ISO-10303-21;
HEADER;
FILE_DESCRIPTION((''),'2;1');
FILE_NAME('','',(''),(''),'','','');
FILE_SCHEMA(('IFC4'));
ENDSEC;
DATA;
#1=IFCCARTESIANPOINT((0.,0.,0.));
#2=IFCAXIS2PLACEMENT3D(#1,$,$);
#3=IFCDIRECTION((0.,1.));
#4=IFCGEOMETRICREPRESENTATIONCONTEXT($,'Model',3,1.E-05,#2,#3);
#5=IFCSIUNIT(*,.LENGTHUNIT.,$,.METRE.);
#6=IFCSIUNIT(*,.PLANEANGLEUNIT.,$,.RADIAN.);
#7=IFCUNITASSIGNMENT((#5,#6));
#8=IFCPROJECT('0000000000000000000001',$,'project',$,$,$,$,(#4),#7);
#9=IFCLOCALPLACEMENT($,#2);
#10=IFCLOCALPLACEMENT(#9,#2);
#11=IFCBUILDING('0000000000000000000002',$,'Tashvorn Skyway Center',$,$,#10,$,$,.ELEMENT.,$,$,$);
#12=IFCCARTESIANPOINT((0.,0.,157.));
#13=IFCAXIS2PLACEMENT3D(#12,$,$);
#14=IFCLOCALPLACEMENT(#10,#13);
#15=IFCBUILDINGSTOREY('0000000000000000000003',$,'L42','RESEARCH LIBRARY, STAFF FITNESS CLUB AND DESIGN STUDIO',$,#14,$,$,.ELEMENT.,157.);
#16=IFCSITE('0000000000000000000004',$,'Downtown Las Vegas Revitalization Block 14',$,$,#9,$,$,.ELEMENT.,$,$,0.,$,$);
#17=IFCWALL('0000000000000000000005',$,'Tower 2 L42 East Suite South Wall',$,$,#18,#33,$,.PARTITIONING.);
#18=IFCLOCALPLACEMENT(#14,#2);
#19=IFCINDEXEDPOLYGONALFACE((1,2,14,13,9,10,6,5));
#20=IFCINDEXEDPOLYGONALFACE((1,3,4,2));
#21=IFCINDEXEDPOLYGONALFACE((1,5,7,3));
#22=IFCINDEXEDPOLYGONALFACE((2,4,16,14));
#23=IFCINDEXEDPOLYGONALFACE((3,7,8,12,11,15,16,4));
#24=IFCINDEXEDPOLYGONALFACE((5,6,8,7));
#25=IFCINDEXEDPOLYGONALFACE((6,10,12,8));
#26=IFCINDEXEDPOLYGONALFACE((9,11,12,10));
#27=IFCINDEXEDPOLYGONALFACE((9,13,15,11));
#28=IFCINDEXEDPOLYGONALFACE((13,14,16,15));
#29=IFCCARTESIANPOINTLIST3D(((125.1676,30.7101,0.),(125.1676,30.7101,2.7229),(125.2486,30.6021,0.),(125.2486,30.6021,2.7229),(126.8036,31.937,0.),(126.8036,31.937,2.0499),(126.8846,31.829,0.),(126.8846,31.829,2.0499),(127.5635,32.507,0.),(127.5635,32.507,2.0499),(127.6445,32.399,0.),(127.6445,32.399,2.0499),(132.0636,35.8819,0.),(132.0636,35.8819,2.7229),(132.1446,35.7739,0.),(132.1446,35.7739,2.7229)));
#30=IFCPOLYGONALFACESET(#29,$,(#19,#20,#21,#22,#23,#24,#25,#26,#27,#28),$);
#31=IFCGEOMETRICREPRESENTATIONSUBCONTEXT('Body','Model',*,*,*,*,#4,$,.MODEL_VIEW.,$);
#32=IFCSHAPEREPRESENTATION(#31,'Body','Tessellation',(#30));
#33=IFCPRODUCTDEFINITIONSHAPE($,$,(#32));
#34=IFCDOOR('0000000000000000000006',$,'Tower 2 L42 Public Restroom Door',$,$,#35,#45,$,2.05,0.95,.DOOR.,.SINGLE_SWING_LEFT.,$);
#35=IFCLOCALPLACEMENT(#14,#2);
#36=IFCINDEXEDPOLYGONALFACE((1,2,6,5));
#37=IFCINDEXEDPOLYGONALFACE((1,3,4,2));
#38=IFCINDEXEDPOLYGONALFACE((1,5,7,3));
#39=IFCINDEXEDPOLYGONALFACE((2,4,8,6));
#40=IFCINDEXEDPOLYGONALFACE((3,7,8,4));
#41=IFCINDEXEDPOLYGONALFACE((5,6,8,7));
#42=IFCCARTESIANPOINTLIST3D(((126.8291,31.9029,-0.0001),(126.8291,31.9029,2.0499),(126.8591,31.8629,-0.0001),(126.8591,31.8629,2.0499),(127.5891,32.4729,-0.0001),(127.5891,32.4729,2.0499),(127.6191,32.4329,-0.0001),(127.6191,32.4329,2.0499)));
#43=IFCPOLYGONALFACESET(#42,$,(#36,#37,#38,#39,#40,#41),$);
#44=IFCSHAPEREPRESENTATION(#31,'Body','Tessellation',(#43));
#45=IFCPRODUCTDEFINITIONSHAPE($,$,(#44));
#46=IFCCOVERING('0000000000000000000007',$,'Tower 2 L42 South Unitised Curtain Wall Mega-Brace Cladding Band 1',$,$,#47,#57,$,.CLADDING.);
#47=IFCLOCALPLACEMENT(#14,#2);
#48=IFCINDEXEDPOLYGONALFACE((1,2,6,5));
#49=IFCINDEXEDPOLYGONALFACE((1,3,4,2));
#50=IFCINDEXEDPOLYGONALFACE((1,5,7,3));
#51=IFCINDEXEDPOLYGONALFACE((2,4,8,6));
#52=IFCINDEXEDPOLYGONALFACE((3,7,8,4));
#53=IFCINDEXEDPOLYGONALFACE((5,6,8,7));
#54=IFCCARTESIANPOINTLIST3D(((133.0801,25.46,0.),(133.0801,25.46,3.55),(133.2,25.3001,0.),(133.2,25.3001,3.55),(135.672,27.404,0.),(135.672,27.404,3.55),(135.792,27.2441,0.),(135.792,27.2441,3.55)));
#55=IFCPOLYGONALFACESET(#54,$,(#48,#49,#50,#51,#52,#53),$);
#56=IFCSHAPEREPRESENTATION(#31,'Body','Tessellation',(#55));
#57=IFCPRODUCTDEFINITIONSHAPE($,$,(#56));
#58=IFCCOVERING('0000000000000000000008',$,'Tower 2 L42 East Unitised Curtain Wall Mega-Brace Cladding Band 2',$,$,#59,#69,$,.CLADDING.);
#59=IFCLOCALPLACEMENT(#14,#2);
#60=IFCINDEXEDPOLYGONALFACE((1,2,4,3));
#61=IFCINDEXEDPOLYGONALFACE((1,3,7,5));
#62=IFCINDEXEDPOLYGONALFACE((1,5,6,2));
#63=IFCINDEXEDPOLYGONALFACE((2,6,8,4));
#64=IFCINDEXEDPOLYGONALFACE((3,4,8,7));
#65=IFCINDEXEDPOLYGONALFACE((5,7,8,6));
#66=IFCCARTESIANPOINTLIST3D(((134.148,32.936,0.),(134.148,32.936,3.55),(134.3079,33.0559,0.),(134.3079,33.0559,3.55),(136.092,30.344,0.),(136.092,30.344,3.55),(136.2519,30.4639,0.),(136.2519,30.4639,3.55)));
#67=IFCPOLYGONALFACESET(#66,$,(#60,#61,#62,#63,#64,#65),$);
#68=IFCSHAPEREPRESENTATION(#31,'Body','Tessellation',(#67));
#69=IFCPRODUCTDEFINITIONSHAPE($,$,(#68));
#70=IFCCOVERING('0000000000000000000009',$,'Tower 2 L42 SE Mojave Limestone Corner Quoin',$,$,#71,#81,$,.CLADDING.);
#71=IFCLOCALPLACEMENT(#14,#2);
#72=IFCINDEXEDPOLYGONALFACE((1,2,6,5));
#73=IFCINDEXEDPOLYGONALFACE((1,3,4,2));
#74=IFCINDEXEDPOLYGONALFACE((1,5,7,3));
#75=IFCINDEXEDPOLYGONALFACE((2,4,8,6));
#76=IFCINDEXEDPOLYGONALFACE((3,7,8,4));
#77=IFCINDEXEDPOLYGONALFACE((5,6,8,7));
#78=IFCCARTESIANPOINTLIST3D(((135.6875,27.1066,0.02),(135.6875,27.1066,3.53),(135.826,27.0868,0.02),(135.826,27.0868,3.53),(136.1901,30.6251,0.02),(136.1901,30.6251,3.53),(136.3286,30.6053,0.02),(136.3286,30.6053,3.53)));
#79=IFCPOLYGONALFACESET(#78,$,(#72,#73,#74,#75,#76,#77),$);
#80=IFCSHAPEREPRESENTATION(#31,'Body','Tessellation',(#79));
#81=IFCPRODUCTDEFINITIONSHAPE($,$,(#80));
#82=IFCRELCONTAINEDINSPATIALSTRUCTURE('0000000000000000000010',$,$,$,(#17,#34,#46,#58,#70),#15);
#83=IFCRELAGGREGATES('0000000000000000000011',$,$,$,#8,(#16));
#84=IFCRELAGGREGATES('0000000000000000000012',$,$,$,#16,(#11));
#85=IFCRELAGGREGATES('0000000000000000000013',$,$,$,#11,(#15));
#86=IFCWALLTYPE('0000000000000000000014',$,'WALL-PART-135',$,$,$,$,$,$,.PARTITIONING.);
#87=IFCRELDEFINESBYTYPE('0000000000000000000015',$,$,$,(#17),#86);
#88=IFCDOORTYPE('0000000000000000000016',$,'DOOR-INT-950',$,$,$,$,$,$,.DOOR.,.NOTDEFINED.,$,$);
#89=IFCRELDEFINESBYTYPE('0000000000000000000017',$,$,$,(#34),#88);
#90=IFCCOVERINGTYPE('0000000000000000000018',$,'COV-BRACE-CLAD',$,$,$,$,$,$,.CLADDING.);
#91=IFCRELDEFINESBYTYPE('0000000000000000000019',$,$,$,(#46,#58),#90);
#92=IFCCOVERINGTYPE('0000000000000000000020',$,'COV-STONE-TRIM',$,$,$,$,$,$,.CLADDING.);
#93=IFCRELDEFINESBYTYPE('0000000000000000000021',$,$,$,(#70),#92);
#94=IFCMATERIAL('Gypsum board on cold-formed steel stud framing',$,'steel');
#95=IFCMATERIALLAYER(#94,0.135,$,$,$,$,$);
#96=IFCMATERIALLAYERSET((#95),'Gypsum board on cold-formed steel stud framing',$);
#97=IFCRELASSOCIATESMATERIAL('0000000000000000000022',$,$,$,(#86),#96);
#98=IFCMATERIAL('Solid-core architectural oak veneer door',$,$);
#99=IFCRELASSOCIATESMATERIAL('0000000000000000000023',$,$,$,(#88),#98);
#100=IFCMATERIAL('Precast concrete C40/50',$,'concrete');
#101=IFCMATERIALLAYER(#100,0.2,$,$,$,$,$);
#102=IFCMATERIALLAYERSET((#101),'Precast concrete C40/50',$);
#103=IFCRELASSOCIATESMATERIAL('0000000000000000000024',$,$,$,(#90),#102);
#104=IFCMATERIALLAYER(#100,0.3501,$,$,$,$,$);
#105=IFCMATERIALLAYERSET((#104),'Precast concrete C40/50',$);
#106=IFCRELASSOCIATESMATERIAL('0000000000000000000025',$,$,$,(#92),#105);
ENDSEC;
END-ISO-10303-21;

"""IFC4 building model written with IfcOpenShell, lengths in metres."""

from ifc_helpers import new_model, si_unit, direction, frame, frame_2d, origin, origin_2d, place, context, subcontext, project, spatial, rectangle, extrude, material, layer, layer_set, type_object, element, fill, save


model = new_model("IFC4")

# Units and contexts
model_context = context("Model", 3, precision=1e-05, world=origin(), true_north=direction((0.0, 1.0)))
body_context = subcontext(model_context, "Body", "Model", "MODEL_VIEW")
ifc_project = project(units=[si_unit("LENGTHUNIT", "METRE"), si_unit("PLANEANGLEUNIT", "RADIAN")], contexts=[model_context])

# Site, building, storey
site_placement = place(None, origin())
site = spatial("IfcSite", under=ifc_project, at=site_placement, Name="Downtown Las Vegas Revitalization Block 14", CompositionType="ELEMENT", RefElevation=0.0)
building_placement = place(site_placement, origin())
building = spatial("IfcBuilding", under=site, at=building_placement, Name="Tashvorn Skyway Center", CompositionType="ELEMENT")
storey_placement = place(building_placement, frame((0.0, 0.0, 157.0)))
storey = spatial("IfcBuildingStorey", under=building, at=storey_placement, Name="L42", Description="RESEARCH LIBRARY, STAFF FITNESS CLUB AND DESIGN STUDIO", CompositionType="ELEMENT", Elevation=157.0)

# Shared definitions
ifc_material_1 = material(Name="Precast concrete C40/50", Category="concrete")

# Shared definitions
ifc_material_2 = material(Name="Gypsum board on cold-formed steel stud framing", Category="steel")
ifc_layer_1 = layer(ifc_material_2, 0.135)
ifc_layer_set_1 = layer_set([ifc_layer_1], Name="Gypsum board on cold-formed steel stud framing")
wall_type_1 = type_object("IfcWallType", Name="WALL-PART-135", PredefinedType="PARTITIONING", material=ifc_layer_set_1)
ifc_material_3 = material(Name="Solid-core architectural oak veneer door")
door_type_1 = type_object("IfcDoorType", Name="DOOR-INT-950", OperationType="NOTDEFINED", PredefinedType="DOOR", material=ifc_material_3)

# Wall, opening, door
wall_1_placement = place(storey_placement, frame((125.208, 30.656, 0.0), z_axis=(0.0, 0.0, 1.0), x_axis=(0.800007, 0.599991, 0.0)))
wall_1 = element("IfcWall", 1, at=wall_1_placement, inside=storey, type_object=wall_type_1, Name="Tower 2 L42 East Suite South Wall", PredefinedType="PARTITIONING", context=body_context, shape_type="SweptSolid", body=[
    extrude(rectangle(XDim=8.6199, YDim=0.135, at=frame_2d((4.3101, 0.0))), origin(), (0.0, 0.0, 1.0), 2.7229),
])
opening_1_placement = place(wall_1_placement, frame((2.0449, 0.0, 0.0)))
opening_1 = element("IfcOpeningElement", 2, at=opening_1_placement, cuts=wall_1, PredefinedType="OPENING", context=body_context, shape_type="SweptSolid", body=[
    extrude(rectangle(XDim=0.95, YDim=2.05, at=frame_2d((0.4751, 1.0249))), frame((0.0, 0.0774, 0.0), z_axis=(0.0, -1.0, 0.0), x_axis=(1.0, 0.0, 0.0)), (0.0, 0.0, 1.0), 0.155),
])
door_1_placement = place(opening_1_placement, origin())
door_1 = element("IfcDoor", 3, at=door_1_placement, inside=storey, type_object=door_type_1, Name="Tower 2 L42 Public Restroom Door", OperationType="SINGLE_SWING_LEFT", OverallHeight=2.05, OverallWidth=0.95, PredefinedType="DOOR", context=body_context, shape_type="SweptSolid", body=[
    extrude(rectangle(XDim=0.95, YDim=2.05, at=frame_2d((0.4751, 1.0249))), frame((0.0, 0.0249, 0.0), z_axis=(0.0, -1.0, 0.0), x_axis=(1.0, 0.0, 0.0)), (0.0, 0.0, 1.0), 0.05),
])
fill(opening_1, door_1)

# Coverings
ifc_layer_2 = layer(ifc_material_1, 0.2)
ifc_layer_set_2 = layer_set([ifc_layer_2], Name="Precast concrete C40/50")
covering_type_1 = type_object("IfcCoveringType", Name="COV-BRACE-CLAD", PredefinedType="CLADDING", material=ifc_layer_set_2)
for number, where, z_axis, x_axis, name in (
    (4, (134.436, 26.3521, 0.0), (0.0, 0.0, 1.0), (-0.8, -0.6, 0.0), "Tower 2 L42 South Unitised Curtain Wall Mega-Brace Cladding Band 1"),
    (5, (135.2, 31.7, 0.0), (0.0, 0.0, 1.0), (0.6, -0.8, 0.0), "Tower 2 L42 East Unitised Curtain Wall Mega-Brace Cladding Band 2"),
):
    element("IfcCovering", number, at=place(storey_placement, frame(where, z_axis=z_axis, x_axis=x_axis)), inside=storey, type_object=covering_type_1, Name=name, PredefinedType="CLADDING", context=body_context, shape_type="SweptSolid", body=[
        extrude(rectangle(XDim=3.24, YDim=0.2, at=origin_2d()), origin(), (0.0, 0.0, 1.0), 3.55),
    ])
ifc_layer_3 = layer(ifc_material_1, 0.3501)
ifc_layer_set_3 = layer_set([ifc_layer_3], Name="Precast concrete C40/50")
covering_type_2 = type_object("IfcCoveringType", Name="COV-STONE-TRIM", PredefinedType="CLADDING", material=ifc_layer_set_3)
covering_placement = place(storey_placement, frame((136.0081, 28.856, 0.02), z_axis=(0.0, 0.0, 1.0), x_axis=(0.141421, 0.989949, 0.0)))
element("IfcCovering", 6, at=covering_placement, inside=storey, type_object=covering_type_2, Name="Tower 2 L42 SE Mojave Limestone Corner Quoin", PredefinedType="CLADDING", context=body_context, shape_type="SweptSolid", body=[
    extrude(rectangle(XDim=3.5542, YDim=0.1399, at=origin_2d()), origin(), (0.0, 0.0, 1.0), 3.51),
])

save(model, "model.ifc")
